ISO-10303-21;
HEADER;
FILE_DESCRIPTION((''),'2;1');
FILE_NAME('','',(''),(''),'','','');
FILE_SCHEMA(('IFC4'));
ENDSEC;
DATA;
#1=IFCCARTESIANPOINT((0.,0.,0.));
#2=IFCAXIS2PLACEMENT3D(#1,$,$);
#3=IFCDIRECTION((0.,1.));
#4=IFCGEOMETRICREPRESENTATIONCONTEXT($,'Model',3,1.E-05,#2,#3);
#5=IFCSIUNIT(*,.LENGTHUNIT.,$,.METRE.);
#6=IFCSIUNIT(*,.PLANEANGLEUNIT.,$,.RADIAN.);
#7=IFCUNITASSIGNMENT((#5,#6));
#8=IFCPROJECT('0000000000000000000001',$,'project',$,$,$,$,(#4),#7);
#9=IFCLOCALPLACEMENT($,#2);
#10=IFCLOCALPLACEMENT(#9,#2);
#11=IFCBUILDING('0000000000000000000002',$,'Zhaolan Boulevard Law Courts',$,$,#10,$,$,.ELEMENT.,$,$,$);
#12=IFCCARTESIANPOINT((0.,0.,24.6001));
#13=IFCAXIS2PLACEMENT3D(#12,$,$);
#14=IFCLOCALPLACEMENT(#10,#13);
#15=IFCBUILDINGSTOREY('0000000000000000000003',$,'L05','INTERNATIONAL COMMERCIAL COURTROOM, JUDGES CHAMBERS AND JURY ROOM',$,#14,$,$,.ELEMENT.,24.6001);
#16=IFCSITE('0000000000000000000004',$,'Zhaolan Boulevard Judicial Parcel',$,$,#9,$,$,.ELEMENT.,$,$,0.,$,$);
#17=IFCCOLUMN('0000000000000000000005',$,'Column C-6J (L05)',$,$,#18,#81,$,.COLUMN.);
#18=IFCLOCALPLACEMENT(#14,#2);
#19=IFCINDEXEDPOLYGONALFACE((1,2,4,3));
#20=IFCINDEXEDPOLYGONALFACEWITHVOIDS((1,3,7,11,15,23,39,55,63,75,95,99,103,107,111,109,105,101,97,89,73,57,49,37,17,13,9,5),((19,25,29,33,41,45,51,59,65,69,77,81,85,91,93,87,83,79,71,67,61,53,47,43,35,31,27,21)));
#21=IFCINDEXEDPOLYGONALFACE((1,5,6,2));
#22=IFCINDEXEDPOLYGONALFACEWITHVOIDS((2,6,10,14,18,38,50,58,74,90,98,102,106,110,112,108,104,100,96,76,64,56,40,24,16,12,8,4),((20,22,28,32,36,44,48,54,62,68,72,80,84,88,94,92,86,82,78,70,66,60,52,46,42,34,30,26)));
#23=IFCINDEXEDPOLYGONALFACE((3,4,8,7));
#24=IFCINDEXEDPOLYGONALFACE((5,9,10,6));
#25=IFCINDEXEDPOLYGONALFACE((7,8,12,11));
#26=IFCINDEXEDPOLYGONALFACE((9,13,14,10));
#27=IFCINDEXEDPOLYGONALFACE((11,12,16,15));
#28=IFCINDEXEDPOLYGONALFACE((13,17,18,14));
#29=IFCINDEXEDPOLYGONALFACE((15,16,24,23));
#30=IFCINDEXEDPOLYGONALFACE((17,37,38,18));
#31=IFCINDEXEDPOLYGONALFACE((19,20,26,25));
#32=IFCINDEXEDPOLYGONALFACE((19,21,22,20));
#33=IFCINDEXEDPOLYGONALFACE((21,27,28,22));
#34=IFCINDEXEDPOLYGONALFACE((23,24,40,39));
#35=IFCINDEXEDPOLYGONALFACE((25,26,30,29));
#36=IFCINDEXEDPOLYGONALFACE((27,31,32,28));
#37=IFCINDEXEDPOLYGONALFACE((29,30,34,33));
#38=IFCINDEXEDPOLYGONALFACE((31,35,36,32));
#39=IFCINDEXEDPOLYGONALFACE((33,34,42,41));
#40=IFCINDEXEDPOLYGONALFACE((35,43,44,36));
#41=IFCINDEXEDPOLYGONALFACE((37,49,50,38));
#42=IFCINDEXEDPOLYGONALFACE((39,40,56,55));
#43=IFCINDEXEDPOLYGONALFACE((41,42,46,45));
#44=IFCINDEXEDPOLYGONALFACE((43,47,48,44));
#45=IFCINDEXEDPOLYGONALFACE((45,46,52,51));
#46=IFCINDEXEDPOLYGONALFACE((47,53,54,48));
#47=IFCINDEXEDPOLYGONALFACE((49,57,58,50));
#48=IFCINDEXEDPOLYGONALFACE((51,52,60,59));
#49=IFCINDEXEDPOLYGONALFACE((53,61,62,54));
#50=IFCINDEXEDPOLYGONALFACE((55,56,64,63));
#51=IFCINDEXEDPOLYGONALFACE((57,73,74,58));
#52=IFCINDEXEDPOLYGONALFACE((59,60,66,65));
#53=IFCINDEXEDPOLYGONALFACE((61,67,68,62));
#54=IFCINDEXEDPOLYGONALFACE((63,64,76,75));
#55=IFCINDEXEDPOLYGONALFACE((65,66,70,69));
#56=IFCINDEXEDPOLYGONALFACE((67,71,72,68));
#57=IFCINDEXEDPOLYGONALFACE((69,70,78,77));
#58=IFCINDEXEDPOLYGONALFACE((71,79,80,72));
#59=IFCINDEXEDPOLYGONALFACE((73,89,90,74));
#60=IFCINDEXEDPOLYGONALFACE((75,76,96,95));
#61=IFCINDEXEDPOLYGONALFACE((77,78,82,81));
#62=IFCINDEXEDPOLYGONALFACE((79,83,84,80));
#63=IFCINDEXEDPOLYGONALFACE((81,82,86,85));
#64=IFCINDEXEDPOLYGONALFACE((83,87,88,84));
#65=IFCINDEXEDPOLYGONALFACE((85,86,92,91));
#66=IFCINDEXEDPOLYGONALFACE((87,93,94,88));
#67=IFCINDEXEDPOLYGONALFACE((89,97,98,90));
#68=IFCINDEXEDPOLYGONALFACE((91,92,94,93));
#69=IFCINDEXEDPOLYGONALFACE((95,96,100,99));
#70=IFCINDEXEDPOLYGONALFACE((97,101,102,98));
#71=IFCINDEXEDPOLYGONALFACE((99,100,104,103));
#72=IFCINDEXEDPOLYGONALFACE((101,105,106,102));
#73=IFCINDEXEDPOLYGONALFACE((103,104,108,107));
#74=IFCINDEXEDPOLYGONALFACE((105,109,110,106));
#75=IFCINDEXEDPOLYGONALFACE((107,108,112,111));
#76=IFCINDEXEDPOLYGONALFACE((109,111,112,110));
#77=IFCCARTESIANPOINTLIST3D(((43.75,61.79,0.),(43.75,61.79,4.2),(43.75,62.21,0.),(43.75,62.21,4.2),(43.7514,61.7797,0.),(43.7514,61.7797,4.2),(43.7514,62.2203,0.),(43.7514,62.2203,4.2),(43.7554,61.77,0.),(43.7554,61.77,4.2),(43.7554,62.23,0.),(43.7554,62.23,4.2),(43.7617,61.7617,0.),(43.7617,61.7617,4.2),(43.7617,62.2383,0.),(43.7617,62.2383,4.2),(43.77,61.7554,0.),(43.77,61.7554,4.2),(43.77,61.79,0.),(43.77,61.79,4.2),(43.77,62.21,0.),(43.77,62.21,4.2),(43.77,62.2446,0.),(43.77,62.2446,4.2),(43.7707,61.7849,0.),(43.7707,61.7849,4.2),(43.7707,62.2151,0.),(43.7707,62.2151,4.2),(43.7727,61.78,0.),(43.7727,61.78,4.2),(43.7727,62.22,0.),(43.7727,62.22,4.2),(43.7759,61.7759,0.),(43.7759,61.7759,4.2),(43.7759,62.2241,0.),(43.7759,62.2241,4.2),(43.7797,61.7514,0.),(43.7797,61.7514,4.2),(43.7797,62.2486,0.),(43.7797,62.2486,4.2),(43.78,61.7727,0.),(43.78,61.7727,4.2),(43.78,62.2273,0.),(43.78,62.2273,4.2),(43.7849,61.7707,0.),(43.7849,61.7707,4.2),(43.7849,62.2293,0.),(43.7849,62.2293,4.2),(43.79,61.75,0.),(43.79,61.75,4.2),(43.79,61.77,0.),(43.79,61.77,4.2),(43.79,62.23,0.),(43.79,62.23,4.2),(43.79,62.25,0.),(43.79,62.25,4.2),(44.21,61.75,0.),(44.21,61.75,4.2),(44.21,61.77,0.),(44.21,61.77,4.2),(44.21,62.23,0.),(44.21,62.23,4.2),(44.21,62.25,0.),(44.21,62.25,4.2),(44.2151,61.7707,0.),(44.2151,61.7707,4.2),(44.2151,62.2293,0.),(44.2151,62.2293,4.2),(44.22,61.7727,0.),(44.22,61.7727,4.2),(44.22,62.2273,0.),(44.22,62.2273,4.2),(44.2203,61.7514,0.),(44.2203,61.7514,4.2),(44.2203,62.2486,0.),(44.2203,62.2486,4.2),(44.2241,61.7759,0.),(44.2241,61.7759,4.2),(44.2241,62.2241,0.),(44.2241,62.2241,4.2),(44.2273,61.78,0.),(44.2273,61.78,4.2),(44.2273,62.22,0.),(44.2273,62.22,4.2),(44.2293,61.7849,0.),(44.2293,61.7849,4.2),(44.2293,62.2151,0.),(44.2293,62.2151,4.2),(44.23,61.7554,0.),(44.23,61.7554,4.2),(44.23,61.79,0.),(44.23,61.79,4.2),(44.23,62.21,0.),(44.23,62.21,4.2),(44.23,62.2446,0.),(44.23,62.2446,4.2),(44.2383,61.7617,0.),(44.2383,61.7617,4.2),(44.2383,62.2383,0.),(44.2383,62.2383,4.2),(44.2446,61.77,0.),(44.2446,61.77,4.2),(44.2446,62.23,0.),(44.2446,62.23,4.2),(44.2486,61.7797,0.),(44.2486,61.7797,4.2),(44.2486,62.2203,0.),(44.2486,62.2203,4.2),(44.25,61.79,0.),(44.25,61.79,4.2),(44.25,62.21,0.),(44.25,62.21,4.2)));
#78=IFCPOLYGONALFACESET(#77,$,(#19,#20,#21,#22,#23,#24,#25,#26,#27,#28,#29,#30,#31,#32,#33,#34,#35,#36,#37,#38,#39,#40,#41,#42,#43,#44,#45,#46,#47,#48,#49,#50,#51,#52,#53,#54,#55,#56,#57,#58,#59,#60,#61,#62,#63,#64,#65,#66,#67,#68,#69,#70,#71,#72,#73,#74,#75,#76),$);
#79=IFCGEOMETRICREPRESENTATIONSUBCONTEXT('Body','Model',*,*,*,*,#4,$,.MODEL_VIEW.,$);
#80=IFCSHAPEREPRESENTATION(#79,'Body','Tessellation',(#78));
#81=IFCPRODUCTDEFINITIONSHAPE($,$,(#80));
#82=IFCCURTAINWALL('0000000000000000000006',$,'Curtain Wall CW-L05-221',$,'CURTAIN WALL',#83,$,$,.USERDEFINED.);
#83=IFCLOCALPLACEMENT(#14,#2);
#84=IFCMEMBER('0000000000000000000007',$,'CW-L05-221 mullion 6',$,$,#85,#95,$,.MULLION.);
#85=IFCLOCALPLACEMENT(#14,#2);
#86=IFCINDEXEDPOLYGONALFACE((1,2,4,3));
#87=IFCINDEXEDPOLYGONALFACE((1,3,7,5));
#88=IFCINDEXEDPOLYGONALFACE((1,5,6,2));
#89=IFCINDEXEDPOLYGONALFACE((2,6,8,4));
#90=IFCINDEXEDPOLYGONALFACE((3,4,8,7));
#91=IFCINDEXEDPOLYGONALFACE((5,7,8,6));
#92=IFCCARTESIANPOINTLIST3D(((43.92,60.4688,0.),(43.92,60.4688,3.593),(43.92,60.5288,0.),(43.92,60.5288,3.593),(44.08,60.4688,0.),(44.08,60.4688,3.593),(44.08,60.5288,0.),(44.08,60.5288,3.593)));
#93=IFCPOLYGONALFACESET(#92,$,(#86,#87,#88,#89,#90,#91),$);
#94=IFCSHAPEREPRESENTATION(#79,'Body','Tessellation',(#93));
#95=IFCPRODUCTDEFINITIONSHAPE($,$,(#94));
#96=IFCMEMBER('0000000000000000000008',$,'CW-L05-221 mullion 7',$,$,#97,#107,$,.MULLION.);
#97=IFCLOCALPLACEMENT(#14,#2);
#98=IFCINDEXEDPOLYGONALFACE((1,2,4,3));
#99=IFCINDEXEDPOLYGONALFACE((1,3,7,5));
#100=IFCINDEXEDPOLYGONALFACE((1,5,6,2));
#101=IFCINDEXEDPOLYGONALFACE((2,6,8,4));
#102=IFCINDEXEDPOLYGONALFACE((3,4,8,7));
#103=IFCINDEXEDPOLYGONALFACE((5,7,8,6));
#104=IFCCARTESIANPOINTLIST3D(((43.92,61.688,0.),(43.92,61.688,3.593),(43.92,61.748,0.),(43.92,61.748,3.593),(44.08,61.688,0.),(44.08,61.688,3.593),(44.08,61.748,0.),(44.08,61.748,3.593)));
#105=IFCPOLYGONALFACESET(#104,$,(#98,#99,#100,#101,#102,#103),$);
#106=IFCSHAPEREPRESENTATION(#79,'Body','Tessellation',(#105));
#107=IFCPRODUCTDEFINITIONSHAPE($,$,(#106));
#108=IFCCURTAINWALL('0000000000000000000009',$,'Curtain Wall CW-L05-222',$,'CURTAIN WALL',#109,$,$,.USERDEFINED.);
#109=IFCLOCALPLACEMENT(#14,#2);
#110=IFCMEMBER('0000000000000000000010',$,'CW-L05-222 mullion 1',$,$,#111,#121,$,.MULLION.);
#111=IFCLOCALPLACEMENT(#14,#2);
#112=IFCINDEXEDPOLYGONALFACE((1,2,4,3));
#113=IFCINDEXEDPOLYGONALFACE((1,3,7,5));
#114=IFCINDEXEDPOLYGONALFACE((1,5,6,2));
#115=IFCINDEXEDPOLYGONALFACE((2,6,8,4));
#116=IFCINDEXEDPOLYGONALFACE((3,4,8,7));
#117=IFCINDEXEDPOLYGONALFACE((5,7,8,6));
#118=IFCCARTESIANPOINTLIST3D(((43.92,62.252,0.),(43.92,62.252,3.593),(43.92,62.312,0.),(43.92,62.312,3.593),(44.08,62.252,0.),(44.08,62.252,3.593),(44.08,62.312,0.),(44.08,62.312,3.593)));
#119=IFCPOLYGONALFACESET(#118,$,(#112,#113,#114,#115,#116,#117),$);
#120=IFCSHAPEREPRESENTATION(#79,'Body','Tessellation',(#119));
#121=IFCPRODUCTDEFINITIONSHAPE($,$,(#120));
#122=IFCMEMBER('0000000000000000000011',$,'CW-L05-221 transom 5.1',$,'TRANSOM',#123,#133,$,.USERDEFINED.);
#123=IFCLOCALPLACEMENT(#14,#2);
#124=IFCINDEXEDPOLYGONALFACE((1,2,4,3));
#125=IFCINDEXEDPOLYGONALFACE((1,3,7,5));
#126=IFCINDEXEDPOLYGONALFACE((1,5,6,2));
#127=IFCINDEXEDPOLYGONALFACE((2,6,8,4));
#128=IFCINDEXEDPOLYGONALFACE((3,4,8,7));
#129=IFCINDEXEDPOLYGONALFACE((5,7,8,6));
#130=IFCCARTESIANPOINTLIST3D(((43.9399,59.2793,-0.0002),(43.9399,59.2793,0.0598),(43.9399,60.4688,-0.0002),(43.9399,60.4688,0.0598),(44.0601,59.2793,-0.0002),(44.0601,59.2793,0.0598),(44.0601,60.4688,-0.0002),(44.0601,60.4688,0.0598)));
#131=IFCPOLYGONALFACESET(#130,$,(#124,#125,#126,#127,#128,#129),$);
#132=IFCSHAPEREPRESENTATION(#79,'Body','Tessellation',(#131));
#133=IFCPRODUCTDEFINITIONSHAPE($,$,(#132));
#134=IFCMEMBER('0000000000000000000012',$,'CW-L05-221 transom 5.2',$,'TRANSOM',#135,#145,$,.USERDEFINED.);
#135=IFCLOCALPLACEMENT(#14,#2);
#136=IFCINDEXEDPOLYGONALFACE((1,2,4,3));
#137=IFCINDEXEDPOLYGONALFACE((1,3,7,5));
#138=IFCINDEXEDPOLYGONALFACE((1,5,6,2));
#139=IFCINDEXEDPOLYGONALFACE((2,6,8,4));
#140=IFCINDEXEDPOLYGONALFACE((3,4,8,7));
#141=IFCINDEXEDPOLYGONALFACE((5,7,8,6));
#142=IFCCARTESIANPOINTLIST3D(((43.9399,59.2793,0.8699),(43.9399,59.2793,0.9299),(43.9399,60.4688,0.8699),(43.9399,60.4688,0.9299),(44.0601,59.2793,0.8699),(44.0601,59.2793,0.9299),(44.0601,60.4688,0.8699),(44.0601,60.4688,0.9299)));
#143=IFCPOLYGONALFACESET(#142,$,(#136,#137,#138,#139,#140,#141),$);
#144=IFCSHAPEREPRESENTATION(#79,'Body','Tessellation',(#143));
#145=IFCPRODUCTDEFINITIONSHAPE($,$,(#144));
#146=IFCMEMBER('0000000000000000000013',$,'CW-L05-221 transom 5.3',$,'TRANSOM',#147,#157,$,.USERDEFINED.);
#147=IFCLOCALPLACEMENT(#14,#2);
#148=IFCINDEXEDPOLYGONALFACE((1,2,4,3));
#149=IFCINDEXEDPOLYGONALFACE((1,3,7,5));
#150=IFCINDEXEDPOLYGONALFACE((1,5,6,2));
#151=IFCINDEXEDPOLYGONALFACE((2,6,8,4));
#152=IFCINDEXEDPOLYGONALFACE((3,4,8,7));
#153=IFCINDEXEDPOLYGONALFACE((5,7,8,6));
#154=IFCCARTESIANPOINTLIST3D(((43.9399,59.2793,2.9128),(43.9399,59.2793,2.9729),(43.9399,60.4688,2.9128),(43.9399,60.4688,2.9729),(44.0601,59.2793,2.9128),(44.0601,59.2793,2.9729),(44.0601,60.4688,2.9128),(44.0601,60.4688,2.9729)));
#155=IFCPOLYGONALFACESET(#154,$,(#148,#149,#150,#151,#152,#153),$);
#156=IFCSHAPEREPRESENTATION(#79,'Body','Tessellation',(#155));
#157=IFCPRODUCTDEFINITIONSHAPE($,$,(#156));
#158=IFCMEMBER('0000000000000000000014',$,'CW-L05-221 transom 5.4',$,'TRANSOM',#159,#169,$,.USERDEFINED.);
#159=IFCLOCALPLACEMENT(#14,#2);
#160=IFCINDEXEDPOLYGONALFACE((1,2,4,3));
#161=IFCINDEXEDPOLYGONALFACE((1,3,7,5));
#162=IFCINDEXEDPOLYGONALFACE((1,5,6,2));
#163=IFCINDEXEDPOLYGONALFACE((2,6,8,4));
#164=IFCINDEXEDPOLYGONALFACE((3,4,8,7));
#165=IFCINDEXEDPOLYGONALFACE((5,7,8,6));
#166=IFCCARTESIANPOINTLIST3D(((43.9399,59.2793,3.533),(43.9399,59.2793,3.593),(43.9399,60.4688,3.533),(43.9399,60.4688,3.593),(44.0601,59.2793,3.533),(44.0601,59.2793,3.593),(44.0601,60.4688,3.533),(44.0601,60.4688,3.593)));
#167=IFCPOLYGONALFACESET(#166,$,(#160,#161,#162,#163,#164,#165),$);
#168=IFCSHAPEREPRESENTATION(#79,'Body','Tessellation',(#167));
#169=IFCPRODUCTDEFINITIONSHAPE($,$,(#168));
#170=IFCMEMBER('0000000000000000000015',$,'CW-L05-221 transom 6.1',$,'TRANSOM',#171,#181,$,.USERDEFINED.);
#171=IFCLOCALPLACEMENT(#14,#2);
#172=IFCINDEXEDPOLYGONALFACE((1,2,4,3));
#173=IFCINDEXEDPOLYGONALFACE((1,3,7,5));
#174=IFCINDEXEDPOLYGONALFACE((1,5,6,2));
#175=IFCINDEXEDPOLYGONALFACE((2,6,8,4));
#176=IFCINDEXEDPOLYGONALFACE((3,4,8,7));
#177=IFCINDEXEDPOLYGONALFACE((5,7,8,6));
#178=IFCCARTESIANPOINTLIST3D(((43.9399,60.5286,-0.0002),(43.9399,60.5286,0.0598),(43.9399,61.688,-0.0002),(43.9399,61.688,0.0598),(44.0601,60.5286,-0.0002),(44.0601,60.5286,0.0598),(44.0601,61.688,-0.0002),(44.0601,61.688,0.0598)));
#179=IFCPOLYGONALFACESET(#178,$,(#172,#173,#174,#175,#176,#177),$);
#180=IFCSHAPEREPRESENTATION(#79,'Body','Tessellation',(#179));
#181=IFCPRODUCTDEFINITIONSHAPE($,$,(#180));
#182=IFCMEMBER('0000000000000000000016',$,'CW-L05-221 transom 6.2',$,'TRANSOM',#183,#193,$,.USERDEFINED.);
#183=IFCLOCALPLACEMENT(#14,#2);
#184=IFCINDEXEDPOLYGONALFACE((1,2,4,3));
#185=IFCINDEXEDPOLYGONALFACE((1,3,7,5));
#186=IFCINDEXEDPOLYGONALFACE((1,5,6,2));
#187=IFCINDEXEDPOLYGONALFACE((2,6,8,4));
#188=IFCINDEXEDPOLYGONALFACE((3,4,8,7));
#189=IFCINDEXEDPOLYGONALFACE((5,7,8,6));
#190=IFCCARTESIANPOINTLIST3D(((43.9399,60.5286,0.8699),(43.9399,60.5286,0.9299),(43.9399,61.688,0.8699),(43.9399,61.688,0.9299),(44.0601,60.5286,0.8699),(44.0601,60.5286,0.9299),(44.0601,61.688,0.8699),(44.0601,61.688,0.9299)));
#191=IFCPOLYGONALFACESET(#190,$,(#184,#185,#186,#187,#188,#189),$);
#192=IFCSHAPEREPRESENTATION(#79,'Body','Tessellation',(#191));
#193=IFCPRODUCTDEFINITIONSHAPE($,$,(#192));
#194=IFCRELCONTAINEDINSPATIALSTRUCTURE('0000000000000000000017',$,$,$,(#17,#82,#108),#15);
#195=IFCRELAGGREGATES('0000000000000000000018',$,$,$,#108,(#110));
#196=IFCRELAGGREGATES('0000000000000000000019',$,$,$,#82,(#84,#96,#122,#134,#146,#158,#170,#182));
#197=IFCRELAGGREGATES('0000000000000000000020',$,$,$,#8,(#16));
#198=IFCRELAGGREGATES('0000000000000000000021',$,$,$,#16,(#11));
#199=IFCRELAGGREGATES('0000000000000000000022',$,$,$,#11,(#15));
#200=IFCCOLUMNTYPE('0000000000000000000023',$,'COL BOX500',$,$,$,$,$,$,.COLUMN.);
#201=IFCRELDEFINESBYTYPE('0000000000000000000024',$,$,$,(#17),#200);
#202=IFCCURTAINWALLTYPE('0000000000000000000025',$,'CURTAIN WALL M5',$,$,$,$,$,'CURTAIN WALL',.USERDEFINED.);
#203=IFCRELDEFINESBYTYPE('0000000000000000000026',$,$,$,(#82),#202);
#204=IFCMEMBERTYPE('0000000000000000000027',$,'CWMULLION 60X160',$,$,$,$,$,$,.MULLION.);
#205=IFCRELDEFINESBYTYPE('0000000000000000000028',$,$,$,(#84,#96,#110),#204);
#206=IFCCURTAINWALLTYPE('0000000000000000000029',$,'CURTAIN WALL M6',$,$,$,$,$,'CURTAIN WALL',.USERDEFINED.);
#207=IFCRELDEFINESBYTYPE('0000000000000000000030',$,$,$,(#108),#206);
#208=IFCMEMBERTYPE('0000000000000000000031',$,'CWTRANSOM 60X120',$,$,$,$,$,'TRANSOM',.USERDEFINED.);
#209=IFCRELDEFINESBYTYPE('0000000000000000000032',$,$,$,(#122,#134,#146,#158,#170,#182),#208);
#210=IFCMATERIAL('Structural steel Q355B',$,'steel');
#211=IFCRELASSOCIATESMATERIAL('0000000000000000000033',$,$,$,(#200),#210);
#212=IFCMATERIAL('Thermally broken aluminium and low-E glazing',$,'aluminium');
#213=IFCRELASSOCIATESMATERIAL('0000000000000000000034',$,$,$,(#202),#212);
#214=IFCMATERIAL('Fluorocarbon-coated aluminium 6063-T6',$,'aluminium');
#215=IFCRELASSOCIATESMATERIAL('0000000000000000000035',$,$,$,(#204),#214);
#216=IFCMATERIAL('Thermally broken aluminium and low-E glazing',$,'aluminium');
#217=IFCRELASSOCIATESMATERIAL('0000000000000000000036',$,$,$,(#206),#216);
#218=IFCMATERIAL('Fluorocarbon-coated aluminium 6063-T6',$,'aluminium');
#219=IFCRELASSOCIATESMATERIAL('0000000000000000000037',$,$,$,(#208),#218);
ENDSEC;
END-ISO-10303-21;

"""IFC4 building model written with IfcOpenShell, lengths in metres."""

from ifc_helpers import new_model, si_unit, direction, frame, origin, origin_2d, place, context, subcontext, project, spatial, rectangle, hollow_rectangle, extrude, material, material_profile, profile_set, type_object, element, aggregate, save


model = new_model("IFC4")

# Units and contexts
model_context = context("Model", 3, precision=1e-05, world=origin(), true_north=direction((0.0, 1.0)))
body_context = subcontext(model_context, "Body", "Model", "MODEL_VIEW")
ifc_project = project(units=[si_unit("LENGTHUNIT", "METRE"), si_unit("PLANEANGLEUNIT", "RADIAN")], contexts=[model_context])

# Site, building, storey
site_placement = place(None, origin())
site = spatial("IfcSite", under=ifc_project, at=site_placement, Name="Zhaolan Boulevard Judicial Parcel", CompositionType="ELEMENT", RefElevation=0.0)
building_placement = place(site_placement, origin())
building = spatial("IfcBuilding", under=site, at=building_placement, Name="Zhaolan Boulevard Law Courts", CompositionType="ELEMENT")
storey_placement = place(building_placement, frame((0.0, 0.0, 24.6001)))
storey = spatial("IfcBuildingStorey", under=building, at=storey_placement, Name="L05", Description="INTERNATIONAL COMMERCIAL COURTROOM, JUDGES CHAMBERS AND JURY ROOM", CompositionType="ELEMENT", Elevation=24.6001)

# Column
ifc_material_1 = material(Name="Structural steel Q355B", Category="steel")
ifc_material_profile_1 = material_profile(ifc_material_1, hollow_rectangle(XDim=0.5, YDim=0.5, WallThickness=0.02, InnerFilletRadius=0.02, OuterFilletRadius=0.04, at=origin_2d()), Name="BOX500x500x20")
ifc_profile_set_1 = profile_set([ifc_material_profile_1], Name="Structural steel Q355B")
column_type = type_object("IfcColumnType", Name="COL BOX500", PredefinedType="COLUMN", material=ifc_profile_set_1)
column_placement = place(storey_placement, frame((44.0, 62.0, 0.0), z_axis=(0.0, 0.0, 1.0), x_axis=(1.0, 0.0, 0.0)))
element("IfcColumn", 1, at=column_placement, inside=storey, type_object=column_type, Name="Column C-6J (L05)", PredefinedType="COLUMN", context=body_context, shape_type="SweptSolid", body=[
    extrude(hollow_rectangle(XDim=0.5, YDim=0.5, WallThickness=0.02, InnerFilletRadius=0.02, OuterFilletRadius=0.04, at=origin_2d()), origin(), (0.0, 0.0, 1.0), 4.2),
])

# Curtain wall, members
ifc_material_2 = material(Name="Thermally broken aluminium and low-E glazing", Category="aluminium")
curtain_wall_type_1 = type_object("IfcCurtainWallType", Name="CURTAIN WALL M5", ElementType="CURTAIN WALL", PredefinedType="USERDEFINED", material=ifc_material_2)
curtain_wall_1_placement = place(storey_placement, origin())
curtain_wall_1 = element("IfcCurtainWall", 2, at=curtain_wall_1_placement, inside=storey, type_object=curtain_wall_type_1, Name="Curtain Wall CW-L05-221", ObjectType="CURTAIN WALL", PredefinedType="USERDEFINED")
ifc_material_3 = material(Name="Fluorocarbon-coated aluminium 6063-T6", Category="aluminium")
ifc_material_profile_2 = material_profile(ifc_material_3, rectangle(XDim=0.1599, YDim=0.0601, at=origin_2d()), Name="AL60x160")
ifc_profile_set_2 = profile_set([ifc_material_profile_2], Name="Fluorocarbon-coated aluminium 6063-T6")
member_type_1 = type_object("IfcMemberType", Name="CWMULLION 60X160", PredefinedType="MULLION", material=ifc_profile_set_2)
member_1_placement = place(storey_placement, frame((44.0, 60.4988, 0.0), z_axis=(0.0, 0.0, 1.0), x_axis=(-1.0, 0.0, 0.0)))
member_1 = element("IfcMember", 3, at=member_1_placement, type_object=member_type_1, Name="CW-L05-221 mullion 6", PredefinedType="MULLION", context=body_context, shape_type="SweptSolid", body=[
    extrude(rectangle(XDim=0.1599, YDim=0.0601, at=origin_2d()), origin(), (0.0, 0.0, 1.0), 3.593),
])
member_2_placement = place(storey_placement, frame((44.0, 61.718, 0.0), z_axis=(0.0, 0.0, 1.0), x_axis=(-1.0, 0.0, 0.0)))
member_2 = element("IfcMember", 4, at=member_2_placement, type_object=member_type_1, Name="CW-L05-221 mullion 7", PredefinedType="MULLION", context=body_context, shape_type="SweptSolid", body=[
    extrude(rectangle(XDim=0.1599, YDim=0.0601, at=origin_2d()), origin(), (0.0, 0.0, 1.0), 3.593),
])

# Curtain wall, member
ifc_material_4 = material(Name="Thermally broken aluminium and low-E glazing", Category="aluminium")
curtain_wall_type_2 = type_object("IfcCurtainWallType", Name="CURTAIN WALL M6", ElementType="CURTAIN WALL", PredefinedType="USERDEFINED", material=ifc_material_4)
curtain_wall_2_placement = place(storey_placement, origin())
curtain_wall_2 = element("IfcCurtainWall", 5, at=curtain_wall_2_placement, inside=storey, type_object=curtain_wall_type_2, Name="Curtain Wall CW-L05-222", ObjectType="CURTAIN WALL", PredefinedType="USERDEFINED")
member_3_placement = place(storey_placement, frame((44.0, 62.282, 0.0), z_axis=(0.0, 0.0, 1.0), x_axis=(-1.0, 0.0, 0.0)))
member_3 = element("IfcMember", 6, at=member_3_placement, type_object=member_type_1, Name="CW-L05-222 mullion 1", PredefinedType="MULLION", context=body_context, shape_type="SweptSolid", body=[
    extrude(rectangle(XDim=0.1599, YDim=0.0601, at=origin_2d()), origin(), (0.0, 0.0, 1.0), 3.593),
])
aggregate(curtain_wall_2, [member_3])

# Members
ifc_material_5 = material(Name="Fluorocarbon-coated aluminium 6063-T6", Category="aluminium")
ifc_material_profile_3 = material_profile(ifc_material_5, rectangle(XDim=0.1201, YDim=0.0601, at=origin_2d()), Name="AL60x120")
ifc_profile_set_3 = profile_set([ifc_material_profile_3], Name="Fluorocarbon-coated aluminium 6063-T6")
member_type_2 = type_object("IfcMemberType", Name="CWTRANSOM 60X120", ElementType="TRANSOM", PredefinedType="USERDEFINED", material=ifc_profile_set_3)
member_4_placement = place(storey_placement, frame((44.0, 59.2793, 0.0298), z_axis=(0.0, 1.0, 0.0), x_axis=(-1.0, 0.0, 0.0)))
member_4 = element("IfcMember", 7, at=member_4_placement, type_object=member_type_2, Name="CW-L05-221 transom 5.1", ObjectType="TRANSOM", PredefinedType="USERDEFINED", context=body_context, shape_type="SweptSolid", body=[
    extrude(rectangle(XDim=0.1201, YDim=0.0601, at=origin_2d()), origin(), (0.0, 0.0, 1.0), 1.1895),
])
member_5_placement = place(storey_placement, frame((44.0, 59.2793, 0.8999), z_axis=(0.0, 1.0, 0.0), x_axis=(-1.0, 0.0, 0.0)))
member_5 = element("IfcMember", 8, at=member_5_placement, type_object=member_type_2, Name="CW-L05-221 transom 5.2", ObjectType="TRANSOM", PredefinedType="USERDEFINED", context=body_context, shape_type="SweptSolid", body=[
    extrude(rectangle(XDim=0.1201, YDim=0.0601, at=origin_2d()), origin(), (0.0, 0.0, 1.0), 1.1895),
])
member_6_placement = place(storey_placement, frame((44.0, 59.2793, 2.9429), z_axis=(0.0, 1.0, 0.0), x_axis=(-1.0, 0.0, 0.0)))
member_6 = element("IfcMember", 9, at=member_6_placement, type_object=member_type_2, Name="CW-L05-221 transom 5.3", ObjectType="TRANSOM", PredefinedType="USERDEFINED", context=body_context, shape_type="SweptSolid", body=[
    extrude(rectangle(XDim=0.1201, YDim=0.0601, at=origin_2d()), origin(), (0.0, 0.0, 1.0), 1.1895),
])
member_7_placement = place(storey_placement, frame((44.0, 59.2793, 3.563), z_axis=(0.0, 1.0, 0.0), x_axis=(-1.0, 0.0, 0.0)))
member_7 = element("IfcMember", 10, at=member_7_placement, type_object=member_type_2, Name="CW-L05-221 transom 5.4", ObjectType="TRANSOM", PredefinedType="USERDEFINED", context=body_context, shape_type="SweptSolid", body=[
    extrude(rectangle(XDim=0.1201, YDim=0.0601, at=origin_2d()), origin(), (0.0, 0.0, 1.0), 1.1895),
])
member_8_placement = place(storey_placement, frame((44.0, 60.5286, 0.0298), z_axis=(0.0, 1.0, 0.0), x_axis=(-1.0, 0.0, 0.0)))
member_8 = element("IfcMember", 11, at=member_8_placement, type_object=member_type_2, Name="CW-L05-221 transom 6.1", ObjectType="TRANSOM", PredefinedType="USERDEFINED", context=body_context, shape_type="SweptSolid", body=[
    extrude(rectangle(XDim=0.1201, YDim=0.0601, at=origin_2d()), origin(), (0.0, 0.0, 1.0), 1.1594),
])
member_9_placement = place(storey_placement, frame((44.0, 60.5286, 0.8999), z_axis=(0.0, 1.0, 0.0), x_axis=(-1.0, 0.0, 0.0)))
member_9 = element("IfcMember", 12, at=member_9_placement, type_object=member_type_2, Name="CW-L05-221 transom 6.2", ObjectType="TRANSOM", PredefinedType="USERDEFINED", context=body_context, shape_type="SweptSolid", body=[
    extrude(rectangle(XDim=0.1201, YDim=0.0601, at=origin_2d()), origin(), (0.0, 0.0, 1.0), 1.1594),
])

aggregate(curtain_wall_1, [member_1, member_2, member_4, member_5, member_6, member_7, member_8, member_9])

save(model, "model.ifc")
